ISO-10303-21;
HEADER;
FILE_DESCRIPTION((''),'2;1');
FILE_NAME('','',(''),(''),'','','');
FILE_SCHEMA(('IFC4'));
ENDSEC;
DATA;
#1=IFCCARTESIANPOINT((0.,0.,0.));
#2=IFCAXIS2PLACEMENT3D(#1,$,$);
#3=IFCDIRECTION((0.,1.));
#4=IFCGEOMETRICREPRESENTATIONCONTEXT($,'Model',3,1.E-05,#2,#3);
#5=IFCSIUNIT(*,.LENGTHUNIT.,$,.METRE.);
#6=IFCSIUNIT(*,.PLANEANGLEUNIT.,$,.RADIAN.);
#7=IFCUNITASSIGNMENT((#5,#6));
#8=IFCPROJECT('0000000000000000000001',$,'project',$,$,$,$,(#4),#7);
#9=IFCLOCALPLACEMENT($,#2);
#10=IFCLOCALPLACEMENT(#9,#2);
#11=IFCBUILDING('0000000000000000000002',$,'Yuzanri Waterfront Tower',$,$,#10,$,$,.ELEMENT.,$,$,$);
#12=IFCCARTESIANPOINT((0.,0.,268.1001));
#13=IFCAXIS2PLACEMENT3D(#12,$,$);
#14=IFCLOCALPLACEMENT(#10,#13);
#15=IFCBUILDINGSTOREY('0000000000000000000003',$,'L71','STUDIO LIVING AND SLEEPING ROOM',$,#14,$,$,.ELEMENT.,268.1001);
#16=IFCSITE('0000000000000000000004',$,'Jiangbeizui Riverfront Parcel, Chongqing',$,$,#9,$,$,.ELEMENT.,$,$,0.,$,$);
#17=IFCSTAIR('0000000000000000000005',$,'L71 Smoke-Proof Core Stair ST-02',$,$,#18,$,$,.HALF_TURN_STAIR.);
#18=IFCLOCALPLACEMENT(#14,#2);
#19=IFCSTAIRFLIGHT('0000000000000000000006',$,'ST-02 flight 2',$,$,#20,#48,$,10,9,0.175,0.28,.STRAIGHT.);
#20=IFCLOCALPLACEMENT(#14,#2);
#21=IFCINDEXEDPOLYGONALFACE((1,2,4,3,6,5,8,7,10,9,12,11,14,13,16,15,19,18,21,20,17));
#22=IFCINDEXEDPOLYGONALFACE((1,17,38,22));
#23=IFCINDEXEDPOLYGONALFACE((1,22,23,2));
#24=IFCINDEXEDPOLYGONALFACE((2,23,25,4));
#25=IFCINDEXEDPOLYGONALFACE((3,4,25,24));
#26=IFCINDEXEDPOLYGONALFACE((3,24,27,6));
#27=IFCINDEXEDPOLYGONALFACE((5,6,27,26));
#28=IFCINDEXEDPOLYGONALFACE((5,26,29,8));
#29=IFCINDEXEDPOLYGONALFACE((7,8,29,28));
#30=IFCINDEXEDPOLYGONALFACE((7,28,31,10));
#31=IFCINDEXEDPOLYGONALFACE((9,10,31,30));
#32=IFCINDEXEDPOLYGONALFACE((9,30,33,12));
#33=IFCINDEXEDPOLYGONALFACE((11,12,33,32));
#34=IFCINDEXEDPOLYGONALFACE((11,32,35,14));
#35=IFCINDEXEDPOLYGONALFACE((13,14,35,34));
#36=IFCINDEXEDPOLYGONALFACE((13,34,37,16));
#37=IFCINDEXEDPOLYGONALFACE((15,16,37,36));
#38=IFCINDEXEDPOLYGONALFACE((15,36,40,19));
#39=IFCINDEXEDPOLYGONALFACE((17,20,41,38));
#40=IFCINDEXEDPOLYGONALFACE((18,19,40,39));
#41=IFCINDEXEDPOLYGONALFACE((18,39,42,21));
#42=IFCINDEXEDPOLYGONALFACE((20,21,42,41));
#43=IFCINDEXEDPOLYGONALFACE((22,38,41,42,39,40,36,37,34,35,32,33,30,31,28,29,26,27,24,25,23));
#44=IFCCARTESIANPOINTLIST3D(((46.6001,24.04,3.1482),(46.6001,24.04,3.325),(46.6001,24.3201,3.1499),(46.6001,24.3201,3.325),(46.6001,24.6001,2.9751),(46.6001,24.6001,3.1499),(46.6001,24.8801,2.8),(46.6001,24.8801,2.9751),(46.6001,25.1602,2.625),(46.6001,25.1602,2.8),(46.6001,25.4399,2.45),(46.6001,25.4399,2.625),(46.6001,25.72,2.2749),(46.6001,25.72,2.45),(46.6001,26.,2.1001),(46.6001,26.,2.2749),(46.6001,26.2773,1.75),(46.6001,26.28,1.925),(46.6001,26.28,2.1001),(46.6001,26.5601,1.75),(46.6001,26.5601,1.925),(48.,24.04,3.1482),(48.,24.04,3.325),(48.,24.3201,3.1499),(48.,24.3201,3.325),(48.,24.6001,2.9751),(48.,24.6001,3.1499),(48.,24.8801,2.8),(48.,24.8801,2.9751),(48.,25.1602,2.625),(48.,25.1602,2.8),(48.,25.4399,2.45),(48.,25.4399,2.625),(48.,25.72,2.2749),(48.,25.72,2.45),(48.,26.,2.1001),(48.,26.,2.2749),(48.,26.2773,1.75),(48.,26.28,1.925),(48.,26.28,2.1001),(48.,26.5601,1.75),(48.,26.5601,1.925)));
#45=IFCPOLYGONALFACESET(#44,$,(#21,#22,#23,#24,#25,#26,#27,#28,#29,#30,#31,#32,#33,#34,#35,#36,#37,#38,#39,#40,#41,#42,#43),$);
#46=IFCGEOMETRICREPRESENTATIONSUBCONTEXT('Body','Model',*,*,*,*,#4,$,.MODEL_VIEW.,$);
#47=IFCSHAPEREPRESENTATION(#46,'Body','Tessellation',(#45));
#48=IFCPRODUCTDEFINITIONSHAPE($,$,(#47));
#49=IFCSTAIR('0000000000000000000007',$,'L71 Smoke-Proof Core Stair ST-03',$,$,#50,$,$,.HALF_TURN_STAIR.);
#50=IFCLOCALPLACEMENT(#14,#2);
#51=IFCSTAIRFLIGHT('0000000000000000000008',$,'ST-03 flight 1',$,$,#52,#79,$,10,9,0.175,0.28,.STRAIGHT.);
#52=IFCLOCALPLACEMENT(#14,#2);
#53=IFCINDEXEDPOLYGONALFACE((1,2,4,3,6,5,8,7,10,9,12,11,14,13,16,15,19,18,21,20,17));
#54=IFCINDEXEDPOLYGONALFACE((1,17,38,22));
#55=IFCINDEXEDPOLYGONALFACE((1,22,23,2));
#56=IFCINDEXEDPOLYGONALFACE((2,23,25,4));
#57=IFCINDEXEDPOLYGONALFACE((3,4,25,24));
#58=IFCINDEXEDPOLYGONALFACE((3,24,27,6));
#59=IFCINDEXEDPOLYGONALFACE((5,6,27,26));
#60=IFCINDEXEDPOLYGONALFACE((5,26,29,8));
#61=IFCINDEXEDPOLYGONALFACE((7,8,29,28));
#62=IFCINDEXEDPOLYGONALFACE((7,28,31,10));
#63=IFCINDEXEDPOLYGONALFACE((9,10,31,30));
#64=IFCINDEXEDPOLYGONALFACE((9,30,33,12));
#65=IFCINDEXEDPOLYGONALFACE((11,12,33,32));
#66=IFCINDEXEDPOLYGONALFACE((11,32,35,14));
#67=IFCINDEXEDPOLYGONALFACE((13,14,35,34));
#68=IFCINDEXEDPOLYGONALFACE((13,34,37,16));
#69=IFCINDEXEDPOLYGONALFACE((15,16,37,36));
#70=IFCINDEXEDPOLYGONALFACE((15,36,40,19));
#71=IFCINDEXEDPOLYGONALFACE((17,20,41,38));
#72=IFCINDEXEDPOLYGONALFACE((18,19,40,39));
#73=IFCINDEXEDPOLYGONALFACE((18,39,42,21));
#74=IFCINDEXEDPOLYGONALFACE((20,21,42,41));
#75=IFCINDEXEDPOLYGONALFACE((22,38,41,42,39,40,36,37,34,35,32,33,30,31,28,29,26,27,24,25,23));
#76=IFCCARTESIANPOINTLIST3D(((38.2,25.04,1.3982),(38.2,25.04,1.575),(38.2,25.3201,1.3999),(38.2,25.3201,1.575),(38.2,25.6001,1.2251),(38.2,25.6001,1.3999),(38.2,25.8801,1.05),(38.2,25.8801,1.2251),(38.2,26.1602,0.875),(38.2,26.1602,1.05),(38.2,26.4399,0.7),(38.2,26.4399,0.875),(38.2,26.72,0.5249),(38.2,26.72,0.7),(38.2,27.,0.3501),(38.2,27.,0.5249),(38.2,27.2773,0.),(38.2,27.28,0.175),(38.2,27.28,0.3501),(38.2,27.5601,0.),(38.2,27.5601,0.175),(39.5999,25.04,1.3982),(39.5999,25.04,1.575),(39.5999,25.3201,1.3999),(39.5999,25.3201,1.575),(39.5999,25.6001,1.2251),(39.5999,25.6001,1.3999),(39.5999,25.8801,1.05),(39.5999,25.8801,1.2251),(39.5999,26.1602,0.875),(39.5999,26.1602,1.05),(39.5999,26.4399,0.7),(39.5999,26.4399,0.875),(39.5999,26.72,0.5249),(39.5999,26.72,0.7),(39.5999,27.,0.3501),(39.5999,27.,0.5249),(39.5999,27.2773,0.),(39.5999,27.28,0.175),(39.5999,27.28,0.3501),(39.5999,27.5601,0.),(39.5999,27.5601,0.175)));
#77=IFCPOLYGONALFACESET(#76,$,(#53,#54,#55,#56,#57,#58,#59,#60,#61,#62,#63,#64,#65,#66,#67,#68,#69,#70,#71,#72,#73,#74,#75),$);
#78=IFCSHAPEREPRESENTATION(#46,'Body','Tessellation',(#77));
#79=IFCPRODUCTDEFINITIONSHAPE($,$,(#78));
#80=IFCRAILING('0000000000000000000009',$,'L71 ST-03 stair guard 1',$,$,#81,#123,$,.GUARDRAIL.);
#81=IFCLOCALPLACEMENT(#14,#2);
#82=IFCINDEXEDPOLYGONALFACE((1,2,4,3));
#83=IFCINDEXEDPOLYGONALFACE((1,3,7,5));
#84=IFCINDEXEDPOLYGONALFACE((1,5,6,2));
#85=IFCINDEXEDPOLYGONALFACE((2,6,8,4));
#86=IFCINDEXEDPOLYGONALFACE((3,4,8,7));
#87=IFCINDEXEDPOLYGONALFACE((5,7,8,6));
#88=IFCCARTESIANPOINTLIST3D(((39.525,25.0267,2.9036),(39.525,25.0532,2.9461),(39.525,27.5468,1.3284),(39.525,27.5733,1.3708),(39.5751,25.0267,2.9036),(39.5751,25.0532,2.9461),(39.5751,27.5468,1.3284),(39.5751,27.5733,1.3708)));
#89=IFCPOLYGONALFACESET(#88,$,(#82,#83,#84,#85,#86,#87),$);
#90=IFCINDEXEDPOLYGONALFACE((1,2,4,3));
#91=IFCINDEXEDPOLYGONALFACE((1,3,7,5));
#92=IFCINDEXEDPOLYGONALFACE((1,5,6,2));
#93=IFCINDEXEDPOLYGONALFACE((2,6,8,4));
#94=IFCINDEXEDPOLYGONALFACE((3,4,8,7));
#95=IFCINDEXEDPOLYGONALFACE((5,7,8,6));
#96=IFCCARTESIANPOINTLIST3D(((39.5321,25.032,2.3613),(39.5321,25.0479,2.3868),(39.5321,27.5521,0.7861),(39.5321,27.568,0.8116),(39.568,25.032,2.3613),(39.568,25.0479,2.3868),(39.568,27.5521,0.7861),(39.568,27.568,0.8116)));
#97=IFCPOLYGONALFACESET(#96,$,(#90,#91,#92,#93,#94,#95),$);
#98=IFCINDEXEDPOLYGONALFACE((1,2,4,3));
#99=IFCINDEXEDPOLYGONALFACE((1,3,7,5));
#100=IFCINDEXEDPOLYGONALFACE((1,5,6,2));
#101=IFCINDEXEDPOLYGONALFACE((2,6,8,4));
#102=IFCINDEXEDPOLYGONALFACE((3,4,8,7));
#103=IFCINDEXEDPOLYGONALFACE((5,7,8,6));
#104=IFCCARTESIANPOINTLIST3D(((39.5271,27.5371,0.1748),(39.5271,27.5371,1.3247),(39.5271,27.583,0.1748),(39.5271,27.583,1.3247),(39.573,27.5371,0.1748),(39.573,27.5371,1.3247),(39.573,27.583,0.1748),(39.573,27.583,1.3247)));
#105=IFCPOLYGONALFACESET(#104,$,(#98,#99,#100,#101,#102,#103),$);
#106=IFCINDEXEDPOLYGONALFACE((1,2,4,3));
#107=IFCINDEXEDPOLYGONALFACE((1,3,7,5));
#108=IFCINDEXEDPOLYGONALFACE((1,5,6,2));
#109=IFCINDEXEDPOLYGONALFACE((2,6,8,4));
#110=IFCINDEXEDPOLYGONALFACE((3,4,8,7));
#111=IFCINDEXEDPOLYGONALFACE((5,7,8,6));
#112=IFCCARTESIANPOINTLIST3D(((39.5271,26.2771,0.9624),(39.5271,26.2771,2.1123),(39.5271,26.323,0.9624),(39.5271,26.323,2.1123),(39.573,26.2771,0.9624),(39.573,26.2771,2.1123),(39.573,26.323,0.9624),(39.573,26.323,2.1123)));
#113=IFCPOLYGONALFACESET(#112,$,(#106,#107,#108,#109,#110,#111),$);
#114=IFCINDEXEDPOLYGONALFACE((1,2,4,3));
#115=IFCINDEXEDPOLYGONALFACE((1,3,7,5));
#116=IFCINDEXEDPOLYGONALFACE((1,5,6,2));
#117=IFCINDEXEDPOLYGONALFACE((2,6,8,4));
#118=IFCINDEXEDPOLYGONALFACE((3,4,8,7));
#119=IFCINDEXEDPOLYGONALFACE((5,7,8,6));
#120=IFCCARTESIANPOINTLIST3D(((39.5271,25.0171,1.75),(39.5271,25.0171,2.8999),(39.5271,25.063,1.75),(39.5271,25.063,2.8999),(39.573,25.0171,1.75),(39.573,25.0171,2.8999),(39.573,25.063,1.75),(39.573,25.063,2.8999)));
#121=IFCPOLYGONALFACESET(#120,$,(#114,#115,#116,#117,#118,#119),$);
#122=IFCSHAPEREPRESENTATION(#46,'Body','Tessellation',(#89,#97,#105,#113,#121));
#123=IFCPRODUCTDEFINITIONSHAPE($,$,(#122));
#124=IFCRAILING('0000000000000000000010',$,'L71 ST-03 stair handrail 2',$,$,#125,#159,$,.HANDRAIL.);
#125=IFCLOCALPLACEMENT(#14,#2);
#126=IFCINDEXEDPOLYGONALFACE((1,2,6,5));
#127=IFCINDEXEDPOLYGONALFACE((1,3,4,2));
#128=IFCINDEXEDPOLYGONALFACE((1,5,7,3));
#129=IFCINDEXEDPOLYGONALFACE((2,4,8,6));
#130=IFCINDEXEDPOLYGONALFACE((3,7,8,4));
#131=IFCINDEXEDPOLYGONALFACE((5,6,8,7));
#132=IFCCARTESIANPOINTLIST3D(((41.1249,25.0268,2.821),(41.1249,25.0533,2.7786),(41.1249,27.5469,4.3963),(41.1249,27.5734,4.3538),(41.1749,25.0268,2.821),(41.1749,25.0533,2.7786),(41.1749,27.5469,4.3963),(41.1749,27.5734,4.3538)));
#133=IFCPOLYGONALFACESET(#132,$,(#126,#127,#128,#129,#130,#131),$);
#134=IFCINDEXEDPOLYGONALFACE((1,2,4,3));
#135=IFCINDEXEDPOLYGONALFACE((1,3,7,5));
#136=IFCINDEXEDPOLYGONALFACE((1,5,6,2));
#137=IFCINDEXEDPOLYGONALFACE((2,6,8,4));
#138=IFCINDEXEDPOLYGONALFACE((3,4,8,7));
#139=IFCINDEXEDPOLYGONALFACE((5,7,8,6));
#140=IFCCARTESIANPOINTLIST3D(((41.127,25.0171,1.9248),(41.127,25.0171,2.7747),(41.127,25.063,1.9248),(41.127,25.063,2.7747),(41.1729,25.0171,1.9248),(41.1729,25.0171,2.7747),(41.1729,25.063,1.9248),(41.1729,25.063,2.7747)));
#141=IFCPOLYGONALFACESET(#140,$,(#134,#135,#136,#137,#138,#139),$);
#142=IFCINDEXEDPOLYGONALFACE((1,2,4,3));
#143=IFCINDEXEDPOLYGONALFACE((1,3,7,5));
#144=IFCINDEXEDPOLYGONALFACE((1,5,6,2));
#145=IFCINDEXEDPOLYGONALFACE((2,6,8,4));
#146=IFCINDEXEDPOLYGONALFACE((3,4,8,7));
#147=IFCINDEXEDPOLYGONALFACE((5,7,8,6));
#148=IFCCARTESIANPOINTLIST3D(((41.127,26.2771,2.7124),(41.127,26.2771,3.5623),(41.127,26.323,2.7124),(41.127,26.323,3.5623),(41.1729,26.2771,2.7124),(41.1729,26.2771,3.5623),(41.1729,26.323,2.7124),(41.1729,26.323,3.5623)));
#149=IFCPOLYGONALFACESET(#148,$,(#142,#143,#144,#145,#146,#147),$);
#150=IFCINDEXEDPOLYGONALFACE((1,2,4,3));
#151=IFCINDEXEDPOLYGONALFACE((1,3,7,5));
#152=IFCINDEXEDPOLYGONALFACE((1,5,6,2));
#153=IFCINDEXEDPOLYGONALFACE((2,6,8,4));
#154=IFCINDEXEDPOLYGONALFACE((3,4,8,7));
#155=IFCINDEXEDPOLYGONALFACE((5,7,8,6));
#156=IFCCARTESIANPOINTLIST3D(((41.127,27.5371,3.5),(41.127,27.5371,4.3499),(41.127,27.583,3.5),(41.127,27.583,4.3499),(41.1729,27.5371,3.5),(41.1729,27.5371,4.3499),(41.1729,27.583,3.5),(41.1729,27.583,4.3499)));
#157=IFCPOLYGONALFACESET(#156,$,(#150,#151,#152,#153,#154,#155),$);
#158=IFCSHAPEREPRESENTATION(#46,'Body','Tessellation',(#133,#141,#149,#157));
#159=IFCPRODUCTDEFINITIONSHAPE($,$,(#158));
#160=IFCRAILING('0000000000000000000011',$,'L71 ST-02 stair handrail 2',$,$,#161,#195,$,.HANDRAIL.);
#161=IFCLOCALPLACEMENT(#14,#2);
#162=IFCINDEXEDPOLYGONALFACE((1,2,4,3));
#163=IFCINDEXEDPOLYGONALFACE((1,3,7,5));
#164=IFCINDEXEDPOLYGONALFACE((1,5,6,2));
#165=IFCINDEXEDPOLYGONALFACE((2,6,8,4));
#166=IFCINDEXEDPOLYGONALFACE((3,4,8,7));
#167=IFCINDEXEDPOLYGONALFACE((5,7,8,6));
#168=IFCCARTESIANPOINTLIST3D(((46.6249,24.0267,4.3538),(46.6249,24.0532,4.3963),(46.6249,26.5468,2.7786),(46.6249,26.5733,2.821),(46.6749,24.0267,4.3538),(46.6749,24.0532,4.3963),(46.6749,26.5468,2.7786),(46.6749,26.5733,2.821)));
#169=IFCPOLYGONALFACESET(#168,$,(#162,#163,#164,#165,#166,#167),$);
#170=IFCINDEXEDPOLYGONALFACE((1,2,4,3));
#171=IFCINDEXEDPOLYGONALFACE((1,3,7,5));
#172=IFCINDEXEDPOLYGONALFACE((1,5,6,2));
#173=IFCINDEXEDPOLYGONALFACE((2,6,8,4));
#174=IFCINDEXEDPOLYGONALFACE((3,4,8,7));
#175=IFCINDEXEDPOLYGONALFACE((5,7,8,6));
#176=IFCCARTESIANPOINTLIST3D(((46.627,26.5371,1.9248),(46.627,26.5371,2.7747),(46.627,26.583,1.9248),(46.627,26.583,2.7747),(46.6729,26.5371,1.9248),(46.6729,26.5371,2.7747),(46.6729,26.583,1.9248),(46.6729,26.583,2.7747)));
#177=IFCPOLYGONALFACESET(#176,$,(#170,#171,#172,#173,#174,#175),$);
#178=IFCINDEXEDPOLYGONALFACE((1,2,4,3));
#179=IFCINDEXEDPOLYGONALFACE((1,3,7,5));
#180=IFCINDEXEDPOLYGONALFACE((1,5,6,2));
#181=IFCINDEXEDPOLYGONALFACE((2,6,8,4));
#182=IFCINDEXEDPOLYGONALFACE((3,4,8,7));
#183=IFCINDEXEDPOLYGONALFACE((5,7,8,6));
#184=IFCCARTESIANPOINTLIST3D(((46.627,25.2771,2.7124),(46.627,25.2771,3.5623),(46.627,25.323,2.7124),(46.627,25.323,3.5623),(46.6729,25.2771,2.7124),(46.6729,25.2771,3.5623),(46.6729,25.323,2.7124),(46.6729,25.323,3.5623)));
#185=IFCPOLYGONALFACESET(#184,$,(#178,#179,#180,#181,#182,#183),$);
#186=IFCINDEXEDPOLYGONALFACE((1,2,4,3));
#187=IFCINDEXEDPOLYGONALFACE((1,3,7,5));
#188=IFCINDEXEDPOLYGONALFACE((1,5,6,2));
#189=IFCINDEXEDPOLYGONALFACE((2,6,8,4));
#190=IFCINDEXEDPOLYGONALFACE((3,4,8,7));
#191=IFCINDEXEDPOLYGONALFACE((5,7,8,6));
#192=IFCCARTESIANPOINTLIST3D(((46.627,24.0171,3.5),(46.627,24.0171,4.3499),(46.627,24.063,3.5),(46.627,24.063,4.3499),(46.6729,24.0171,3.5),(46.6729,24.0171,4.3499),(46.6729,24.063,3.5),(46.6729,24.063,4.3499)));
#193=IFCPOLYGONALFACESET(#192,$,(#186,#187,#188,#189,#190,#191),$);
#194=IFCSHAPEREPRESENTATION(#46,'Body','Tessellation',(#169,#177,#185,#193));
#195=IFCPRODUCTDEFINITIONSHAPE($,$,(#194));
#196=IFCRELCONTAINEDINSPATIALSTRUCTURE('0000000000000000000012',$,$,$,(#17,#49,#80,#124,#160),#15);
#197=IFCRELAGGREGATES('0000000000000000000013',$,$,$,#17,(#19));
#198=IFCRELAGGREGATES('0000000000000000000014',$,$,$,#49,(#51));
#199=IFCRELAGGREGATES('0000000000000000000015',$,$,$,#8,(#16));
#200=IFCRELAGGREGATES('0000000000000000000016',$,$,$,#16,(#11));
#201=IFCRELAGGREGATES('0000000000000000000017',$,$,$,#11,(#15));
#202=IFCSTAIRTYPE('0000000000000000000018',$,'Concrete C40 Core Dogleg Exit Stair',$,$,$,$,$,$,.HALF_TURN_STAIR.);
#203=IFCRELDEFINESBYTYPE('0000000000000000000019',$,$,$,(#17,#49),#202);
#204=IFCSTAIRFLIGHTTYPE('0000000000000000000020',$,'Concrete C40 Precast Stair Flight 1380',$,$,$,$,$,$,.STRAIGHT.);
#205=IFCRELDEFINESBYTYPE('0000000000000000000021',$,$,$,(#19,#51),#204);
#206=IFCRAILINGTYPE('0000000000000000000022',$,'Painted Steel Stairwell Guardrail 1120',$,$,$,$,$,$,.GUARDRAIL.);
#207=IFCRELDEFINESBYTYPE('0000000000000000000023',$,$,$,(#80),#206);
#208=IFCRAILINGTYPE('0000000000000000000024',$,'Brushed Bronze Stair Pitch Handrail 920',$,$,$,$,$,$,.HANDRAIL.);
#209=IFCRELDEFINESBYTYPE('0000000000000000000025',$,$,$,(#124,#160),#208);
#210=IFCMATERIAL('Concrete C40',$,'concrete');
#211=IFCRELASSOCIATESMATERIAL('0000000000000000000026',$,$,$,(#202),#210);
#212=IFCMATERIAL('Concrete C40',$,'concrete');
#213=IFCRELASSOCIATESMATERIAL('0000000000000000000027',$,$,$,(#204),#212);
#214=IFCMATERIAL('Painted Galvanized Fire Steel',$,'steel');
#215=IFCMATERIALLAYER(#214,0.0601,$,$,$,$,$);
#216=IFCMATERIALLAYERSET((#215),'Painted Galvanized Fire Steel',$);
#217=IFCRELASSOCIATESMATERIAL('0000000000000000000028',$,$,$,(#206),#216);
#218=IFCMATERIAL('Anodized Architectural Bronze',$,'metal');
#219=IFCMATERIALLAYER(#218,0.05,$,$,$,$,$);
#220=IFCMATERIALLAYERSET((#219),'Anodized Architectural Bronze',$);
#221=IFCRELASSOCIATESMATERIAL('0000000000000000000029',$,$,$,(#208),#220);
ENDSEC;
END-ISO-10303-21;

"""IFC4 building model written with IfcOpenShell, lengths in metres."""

from ifc_helpers import new_model, si_unit, direction, frame, origin, origin_2d, place, context, subcontext, project, spatial, polyline, rectangle, outline, extrude, source, transform, mapped, material, layer, layer_set, type_object, element, aggregate, save


model = new_model("IFC4")

# Units and contexts
model_context = context("Model", 3, precision=1e-05, world=origin(), true_north=direction((0.0, 1.0)))
body_context = subcontext(model_context, "Body", "Model", "MODEL_VIEW")
ifc_project = project(units=[si_unit("LENGTHUNIT", "METRE"), si_unit("PLANEANGLEUNIT", "RADIAN")], contexts=[model_context])

# Site, building, storey
site_placement = place(None, origin())
site = spatial("IfcSite", under=ifc_project, at=site_placement, Name="Jiangbeizui Riverfront Parcel, Chongqing", CompositionType="ELEMENT", RefElevation=0.0)
building_placement = place(site_placement, origin())
building = spatial("IfcBuilding", under=site, at=building_placement, Name="Yuzanri Waterfront Tower", CompositionType="ELEMENT")
storey_placement = place(building_placement, frame((0.0, 0.0, 268.1001)))
storey = spatial("IfcBuildingStorey", under=building, at=storey_placement, Name="L71", Description="STUDIO LIVING AND SLEEPING ROOM", CompositionType="ELEMENT", Elevation=268.1001)

# Stairs, stair flights
ifc_material_1 = material(Name="Concrete C40", Category="concrete")
stair_type = type_object("IfcStairType", Name="Concrete C40 Core Dogleg Exit Stair", PredefinedType="HALF_TURN_STAIR", material=ifc_material_1)
stair_1_placement = place(storey_placement, origin())
stair_1 = element("IfcStair", 1, at=stair_1_placement, inside=storey, type_object=stair_type, Name="L71 Smoke-Proof Core Stair ST-02", PredefinedType="HALF_TURN_STAIR")
ifc_material_2 = material(Name="Concrete C40", Category="concrete")
stair_flight_type = type_object("IfcStairFlightType", Name="Concrete C40 Precast Stair Flight 1380", PredefinedType="STRAIGHT", material=ifc_material_2)
shared_shape_1 = source(origin(), body_context, "Body", "SweptSolid", [
    extrude(outline(polyline([(0.0, 0.0), (0.0, 0.175), (0.28, 0.175), (0.28, 0.3501), (0.5601, 0.3501), (0.5601, 0.5249), (0.8401, 0.5249), (0.8401, 0.7), (1.1201, 0.7), (1.1201, 0.875), (1.3999, 0.875), (1.3999, 1.05), (1.6799, 1.05), (1.6799, 1.2251), (1.96, 1.2251), (1.96, 1.3999), (2.24, 1.3999), (2.24, 1.575), (2.52, 1.575), (2.52, 1.75), (2.52, 1.3982), (0.2827, 0.0), (0.0, 0.0)])), frame((0.0, 0.7, 0.0), z_axis=(0.0, -1.0, 0.0), x_axis=(1.0, 0.0, 0.0)), (0.0, 0.0, 1.0), 1.3999),
])
stair_flight_1_placement = place(storey_placement, frame((47.3, 26.5601, 1.75), z_axis=(0.0, 0.0, 1.0), x_axis=(0.0, -1.0, 0.0)))
stair_flight_1 = element("IfcStairFlight", 2, at=stair_flight_1_placement, type_object=stair_flight_type, Name="ST-02 flight 2", NumberOfRisers=10, NumberOfTreads=9, PredefinedType="STRAIGHT", RiserHeight=0.175, TreadLength=0.28, context=body_context, shape_type="MappedRepresentation", body=[
    mapped(shared_shape_1, transform((0.0, 0.0, 0.0), scale=1.0)),
])
aggregate(stair_1, [stair_flight_1])
stair_2_placement = place(storey_placement, origin())
stair_2 = element("IfcStair", 3, at=stair_2_placement, inside=storey, type_object=stair_type, Name="L71 Smoke-Proof Core Stair ST-03", PredefinedType="HALF_TURN_STAIR")
stair_flight_2_placement = place(storey_placement, frame((38.8999, 27.5601, 0.0), z_axis=(0.0, 0.0, 1.0), x_axis=(0.0, -1.0, 0.0)))
stair_flight_2 = element("IfcStairFlight", 4, at=stair_flight_2_placement, type_object=stair_flight_type, Name="ST-03 flight 1", NumberOfRisers=10, NumberOfTreads=9, PredefinedType="STRAIGHT", RiserHeight=0.175, TreadLength=0.28, context=body_context, shape_type="MappedRepresentation", body=[
    mapped(shared_shape_1, transform((0.0, 0.0, 0.0), scale=1.0)),
])
aggregate(stair_2, [stair_flight_2])

# Railings
ifc_material_3 = material(Name="Painted Galvanized Fire Steel", Category="steel")
ifc_layer_1 = layer(ifc_material_3, 0.0601)
ifc_layer_set_1 = layer_set([ifc_layer_1], Name="Painted Galvanized Fire Steel")
railing_type_1 = type_object("IfcRailingType", Name="Painted Steel Stairwell Guardrail 1120", PredefinedType="GUARDRAIL", material=ifc_layer_set_1)
shared_shape_2 = source(origin(), body_context, "Body", "SweptSolid", [
    extrude(rectangle(XDim=0.05, YDim=0.05, at=origin_2d()), frame((0.0, 0.0, 1.1748), z_axis=(0.0, -0.847971, 0.530043), x_axis=(1.0, 0.0, 0.0)), (0.0, 0.0, 1.0), 2.9719),
    extrude(rectangle(XDim=0.0359, YDim=0.03, at=origin_2d()), frame((0.0, 0.0, 0.624), z_axis=(0.0, -0.847971, 0.530043), x_axis=(1.0, 0.0, 0.0)), (0.0, 0.0, 1.0), 2.9719),
    extrude(rectangle(XDim=0.0459, YDim=0.0459, at=origin_2d()), origin(), (0.0, 0.0, 1.0), 1.1499),
    extrude(rectangle(XDim=0.0459, YDim=0.0459, at=origin_2d()), frame((0.0, -1.26, 0.7876)), (0.0, 0.0, 1.0), 1.1499),
    extrude(rectangle(XDim=0.0459, YDim=0.0459, at=origin_2d()), frame((0.0, -2.52, 1.5752)), (0.0, 0.0, 1.0), 1.1499),
])
railing_1_placement = place(storey_placement, frame((39.55, 27.5601, 0.1748)))
element("IfcRailing", 5, at=railing_1_placement, inside=storey, type_object=railing_type_1, Name="L71 ST-03 stair guard 1", PredefinedType="GUARDRAIL", context=body_context, shape_type="MappedRepresentation", body=[
    mapped(shared_shape_2, transform((0.0, 0.0, 0.0), scale=1.0)),
])
ifc_material_4 = material(Name="Anodized Architectural Bronze", Category="metal")
ifc_layer_2 = layer(ifc_material_4, 0.05)
ifc_layer_set_2 = layer_set([ifc_layer_2], Name="Anodized Architectural Bronze")
railing_type_2 = type_object("IfcRailingType", Name="Brushed Bronze Stair Pitch Handrail 920", PredefinedType="HANDRAIL", material=ifc_layer_set_2)
shared_shape_3 = source(origin(), body_context, "Body", "SweptSolid", [
    extrude(rectangle(XDim=0.05, YDim=0.05, at=origin_2d()), frame((0.0, 0.0, 0.875), z_axis=(0.0, 0.847971, 0.530043), x_axis=(-1.0, 0.0, 0.0)), (0.0, 0.0, 1.0), 2.9719),
    extrude(rectangle(XDim=0.0459, YDim=0.0459, at=origin_2d()), origin(), (0.0, 0.0, 1.0), 0.8499),
    extrude(rectangle(XDim=0.0459, YDim=0.0459, at=origin_2d()), frame((0.0, 1.26, 0.7876)), (0.0, 0.0, 1.0), 0.8499),
    extrude(rectangle(XDim=0.0459, YDim=0.0459, at=origin_2d()), frame((0.0, 2.52, 1.5752)), (0.0, 0.0, 1.0), 0.8499),
])
railing_2_placement = place(storey_placement, frame((41.1499, 25.04, 1.9248)))
element("IfcRailing", 6, at=railing_2_placement, inside=storey, type_object=railing_type_2, Name="L71 ST-03 stair handrail 2", PredefinedType="HANDRAIL", context=body_context, shape_type="MappedRepresentation", body=[
    mapped(shared_shape_3, transform((0.0, 0.0, 0.0), scale=1.0)),
])
shared_shape_4 = source(origin(), body_context, "Body", "SweptSolid", [
    extrude(rectangle(XDim=0.05, YDim=0.05, at=origin_2d()), frame((0.0, 0.0, 0.875), z_axis=(0.0, -0.847971, 0.530043), x_axis=(1.0, 0.0, 0.0)), (0.0, 0.0, 1.0), 2.9719),
    extrude(rectangle(XDim=0.0459, YDim=0.0459, at=origin_2d()), origin(), (0.0, 0.0, 1.0), 0.8499),
    extrude(rectangle(XDim=0.0459, YDim=0.0459, at=origin_2d()), frame((0.0, -1.26, 0.7876)), (0.0, 0.0, 1.0), 0.8499),
    extrude(rectangle(XDim=0.0459, YDim=0.0459, at=origin_2d()), frame((0.0, -2.52, 1.5752)), (0.0, 0.0, 1.0), 0.8499),
])
for number, where, name in (
    (7, (46.6499, 26.5601, 1.9248), "L71 ST-02 stair handrail 2"),
):
    element("IfcRailing", number, at=place(storey_placement, frame(where)), inside=storey, type_object=railing_type_2, Name=name, PredefinedType="HANDRAIL", context=body_context, shape_type="MappedRepresentation", body=[
        mapped(shared_shape_4, transform((0.0, 0.0, 0.0), scale=1.0)),
    ])

save(model, "model.ifc")
